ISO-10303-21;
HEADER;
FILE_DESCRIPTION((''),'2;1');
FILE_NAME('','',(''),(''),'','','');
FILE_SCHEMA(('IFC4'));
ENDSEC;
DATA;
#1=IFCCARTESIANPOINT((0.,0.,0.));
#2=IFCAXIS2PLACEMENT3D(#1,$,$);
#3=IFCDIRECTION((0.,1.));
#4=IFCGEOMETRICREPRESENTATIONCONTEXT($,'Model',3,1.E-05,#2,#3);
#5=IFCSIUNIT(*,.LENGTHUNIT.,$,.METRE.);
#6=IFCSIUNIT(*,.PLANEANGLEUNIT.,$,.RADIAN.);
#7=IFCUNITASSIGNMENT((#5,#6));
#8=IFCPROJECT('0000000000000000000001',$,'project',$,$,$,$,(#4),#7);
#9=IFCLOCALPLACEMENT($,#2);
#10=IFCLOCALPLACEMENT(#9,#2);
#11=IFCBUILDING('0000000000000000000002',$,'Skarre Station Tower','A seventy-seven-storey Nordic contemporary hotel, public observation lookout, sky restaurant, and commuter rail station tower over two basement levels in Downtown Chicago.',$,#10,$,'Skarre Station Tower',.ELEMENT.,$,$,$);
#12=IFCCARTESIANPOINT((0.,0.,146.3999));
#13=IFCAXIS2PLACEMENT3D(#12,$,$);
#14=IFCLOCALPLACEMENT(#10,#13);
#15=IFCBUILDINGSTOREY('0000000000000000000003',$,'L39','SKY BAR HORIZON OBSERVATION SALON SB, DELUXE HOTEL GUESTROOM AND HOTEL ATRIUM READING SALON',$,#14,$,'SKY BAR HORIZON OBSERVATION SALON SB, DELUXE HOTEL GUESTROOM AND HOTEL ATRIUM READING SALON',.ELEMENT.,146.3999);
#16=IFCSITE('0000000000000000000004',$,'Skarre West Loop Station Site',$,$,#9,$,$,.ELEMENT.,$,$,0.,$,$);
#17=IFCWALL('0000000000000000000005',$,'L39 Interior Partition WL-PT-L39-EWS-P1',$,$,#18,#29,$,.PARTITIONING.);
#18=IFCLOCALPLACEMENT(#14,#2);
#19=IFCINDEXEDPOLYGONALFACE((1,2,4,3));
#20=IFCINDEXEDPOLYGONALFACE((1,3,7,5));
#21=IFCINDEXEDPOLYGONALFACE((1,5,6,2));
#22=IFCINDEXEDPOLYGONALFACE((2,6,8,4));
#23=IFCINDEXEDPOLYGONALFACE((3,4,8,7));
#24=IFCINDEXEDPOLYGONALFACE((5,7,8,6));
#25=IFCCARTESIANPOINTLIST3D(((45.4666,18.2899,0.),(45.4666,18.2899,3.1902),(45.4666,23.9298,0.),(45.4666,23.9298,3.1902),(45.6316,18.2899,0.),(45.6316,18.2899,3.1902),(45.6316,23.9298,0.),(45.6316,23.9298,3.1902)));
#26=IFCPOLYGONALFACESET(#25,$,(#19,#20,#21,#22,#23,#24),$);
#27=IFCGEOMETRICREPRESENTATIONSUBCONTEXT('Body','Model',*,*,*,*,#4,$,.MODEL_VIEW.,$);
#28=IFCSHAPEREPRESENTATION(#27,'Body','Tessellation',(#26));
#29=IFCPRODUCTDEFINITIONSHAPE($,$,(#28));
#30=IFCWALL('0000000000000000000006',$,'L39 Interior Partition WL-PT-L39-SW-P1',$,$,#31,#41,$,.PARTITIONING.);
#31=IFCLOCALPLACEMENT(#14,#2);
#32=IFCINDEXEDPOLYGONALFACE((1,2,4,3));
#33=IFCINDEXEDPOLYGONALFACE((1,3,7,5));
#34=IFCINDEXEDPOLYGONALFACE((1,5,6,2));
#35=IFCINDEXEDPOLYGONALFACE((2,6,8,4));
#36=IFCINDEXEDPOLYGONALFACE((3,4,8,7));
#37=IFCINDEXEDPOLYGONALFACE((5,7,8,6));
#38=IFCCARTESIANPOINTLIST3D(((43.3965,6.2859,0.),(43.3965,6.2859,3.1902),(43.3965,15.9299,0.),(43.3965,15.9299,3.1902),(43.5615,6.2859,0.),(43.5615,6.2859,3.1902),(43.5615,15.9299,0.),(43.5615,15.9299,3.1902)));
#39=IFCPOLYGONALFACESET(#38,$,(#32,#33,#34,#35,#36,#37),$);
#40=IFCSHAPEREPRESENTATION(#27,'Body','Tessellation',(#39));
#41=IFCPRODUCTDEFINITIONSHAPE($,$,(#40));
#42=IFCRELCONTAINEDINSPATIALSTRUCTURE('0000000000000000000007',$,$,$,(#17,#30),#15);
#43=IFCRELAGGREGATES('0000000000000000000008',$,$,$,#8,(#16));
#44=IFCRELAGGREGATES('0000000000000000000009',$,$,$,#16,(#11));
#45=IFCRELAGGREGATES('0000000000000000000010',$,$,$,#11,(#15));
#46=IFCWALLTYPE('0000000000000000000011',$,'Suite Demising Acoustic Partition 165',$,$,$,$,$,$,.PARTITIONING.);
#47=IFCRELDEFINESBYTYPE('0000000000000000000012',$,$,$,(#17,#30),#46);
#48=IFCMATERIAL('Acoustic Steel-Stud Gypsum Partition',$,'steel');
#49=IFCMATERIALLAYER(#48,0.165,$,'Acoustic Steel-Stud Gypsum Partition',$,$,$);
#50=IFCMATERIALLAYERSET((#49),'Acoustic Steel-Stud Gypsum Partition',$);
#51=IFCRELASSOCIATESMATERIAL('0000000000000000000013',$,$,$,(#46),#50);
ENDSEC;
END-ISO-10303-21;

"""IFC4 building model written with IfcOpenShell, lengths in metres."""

from ifc_helpers import new_model, si_unit, direction, frame, frame_2d, origin, place, context, subcontext, project, spatial, rectangle, extrude, material, layer, layer_set, type_object, element, save


model = new_model("IFC4")

# Units and contexts
model_context = context("Model", 3, precision=1e-05, world=origin(), true_north=direction((0.0, 1.0)))
body_context = subcontext(model_context, "Body", "Model", "MODEL_VIEW")
ifc_project = project(units=[si_unit("LENGTHUNIT", "METRE"), si_unit("PLANEANGLEUNIT", "RADIAN")], contexts=[model_context])

# Site, building, storey
site_placement = place(None, origin())
site = spatial("IfcSite", under=ifc_project, at=site_placement, Name="Skarre West Loop Station Site", CompositionType="ELEMENT", RefElevation=0.0)
building_placement = place(site_placement, origin())
building = spatial("IfcBuilding", under=site, at=building_placement, Name="Skarre Station Tower", Description="A seventy-seven-storey Nordic contemporary hotel, public observation lookout, sky restaurant, and commuter rail station tower over two basement levels in Downtown Chicago.", LongName="Skarre Station Tower", CompositionType="ELEMENT")
storey_placement = place(building_placement, frame((0.0, 0.0, 146.3999)))
storey = spatial("IfcBuildingStorey", under=building, at=storey_placement, Name="L39", Description="SKY BAR HORIZON OBSERVATION SALON SB, DELUXE HOTEL GUESTROOM AND HOTEL ATRIUM READING SALON", LongName="SKY BAR HORIZON OBSERVATION SALON SB, DELUXE HOTEL GUESTROOM AND HOTEL ATRIUM READING SALON", CompositionType="ELEMENT", Elevation=146.3999)

# Shared definitions
ifc_material_1 = material(Name="Acoustic Steel-Stud Gypsum Partition", Category="steel")

# Walls
ifc_layer_1 = layer(ifc_material_1, 0.165, Name="Acoustic Steel-Stud Gypsum Partition")
ifc_layer_set_1 = layer_set([ifc_layer_1], Name="Acoustic Steel-Stud Gypsum Partition")
wall_type_1 = type_object("IfcWallType", Name="Suite Demising Acoustic Partition 165", PredefinedType="PARTITIONING", material=ifc_layer_set_1)
wall_1_placement = place(storey_placement, frame((45.5491, 18.29, 0.0), z_axis=(0.0, 0.0, 1.0), x_axis=(0.0, 1.0, 0.0)))
element("IfcWall", 1, at=wall_1_placement, inside=storey, type_object=wall_type_1, Name="L39 Interior Partition WL-PT-L39-EWS-P1", PredefinedType="PARTITIONING", context=body_context, shape_type="SweptSolid", body=[
    extrude(rectangle(XDim=5.6399, YDim=0.165, at=frame_2d((2.8198, 0.0))), origin(), (0.0, 0.0, 1.0), 3.1902),
])
wall_2_placement = place(storey_placement, frame((43.479, 6.2859, 0.0), z_axis=(0.0, 0.0, 1.0), x_axis=(0.0, 1.0, 0.0)))
element("IfcWall", 2, at=wall_2_placement, inside=storey, type_object=wall_type_1, Name="L39 Interior Partition WL-PT-L39-SW-P1", PredefinedType="PARTITIONING", context=body_context, shape_type="SweptSolid", body=[
    extrude(rectangle(XDim=9.644, YDim=0.165, at=frame_2d((4.822, 0.0))), origin(), (0.0, 0.0, 1.0), 3.1902),
])

save(model, "model.ifc")
